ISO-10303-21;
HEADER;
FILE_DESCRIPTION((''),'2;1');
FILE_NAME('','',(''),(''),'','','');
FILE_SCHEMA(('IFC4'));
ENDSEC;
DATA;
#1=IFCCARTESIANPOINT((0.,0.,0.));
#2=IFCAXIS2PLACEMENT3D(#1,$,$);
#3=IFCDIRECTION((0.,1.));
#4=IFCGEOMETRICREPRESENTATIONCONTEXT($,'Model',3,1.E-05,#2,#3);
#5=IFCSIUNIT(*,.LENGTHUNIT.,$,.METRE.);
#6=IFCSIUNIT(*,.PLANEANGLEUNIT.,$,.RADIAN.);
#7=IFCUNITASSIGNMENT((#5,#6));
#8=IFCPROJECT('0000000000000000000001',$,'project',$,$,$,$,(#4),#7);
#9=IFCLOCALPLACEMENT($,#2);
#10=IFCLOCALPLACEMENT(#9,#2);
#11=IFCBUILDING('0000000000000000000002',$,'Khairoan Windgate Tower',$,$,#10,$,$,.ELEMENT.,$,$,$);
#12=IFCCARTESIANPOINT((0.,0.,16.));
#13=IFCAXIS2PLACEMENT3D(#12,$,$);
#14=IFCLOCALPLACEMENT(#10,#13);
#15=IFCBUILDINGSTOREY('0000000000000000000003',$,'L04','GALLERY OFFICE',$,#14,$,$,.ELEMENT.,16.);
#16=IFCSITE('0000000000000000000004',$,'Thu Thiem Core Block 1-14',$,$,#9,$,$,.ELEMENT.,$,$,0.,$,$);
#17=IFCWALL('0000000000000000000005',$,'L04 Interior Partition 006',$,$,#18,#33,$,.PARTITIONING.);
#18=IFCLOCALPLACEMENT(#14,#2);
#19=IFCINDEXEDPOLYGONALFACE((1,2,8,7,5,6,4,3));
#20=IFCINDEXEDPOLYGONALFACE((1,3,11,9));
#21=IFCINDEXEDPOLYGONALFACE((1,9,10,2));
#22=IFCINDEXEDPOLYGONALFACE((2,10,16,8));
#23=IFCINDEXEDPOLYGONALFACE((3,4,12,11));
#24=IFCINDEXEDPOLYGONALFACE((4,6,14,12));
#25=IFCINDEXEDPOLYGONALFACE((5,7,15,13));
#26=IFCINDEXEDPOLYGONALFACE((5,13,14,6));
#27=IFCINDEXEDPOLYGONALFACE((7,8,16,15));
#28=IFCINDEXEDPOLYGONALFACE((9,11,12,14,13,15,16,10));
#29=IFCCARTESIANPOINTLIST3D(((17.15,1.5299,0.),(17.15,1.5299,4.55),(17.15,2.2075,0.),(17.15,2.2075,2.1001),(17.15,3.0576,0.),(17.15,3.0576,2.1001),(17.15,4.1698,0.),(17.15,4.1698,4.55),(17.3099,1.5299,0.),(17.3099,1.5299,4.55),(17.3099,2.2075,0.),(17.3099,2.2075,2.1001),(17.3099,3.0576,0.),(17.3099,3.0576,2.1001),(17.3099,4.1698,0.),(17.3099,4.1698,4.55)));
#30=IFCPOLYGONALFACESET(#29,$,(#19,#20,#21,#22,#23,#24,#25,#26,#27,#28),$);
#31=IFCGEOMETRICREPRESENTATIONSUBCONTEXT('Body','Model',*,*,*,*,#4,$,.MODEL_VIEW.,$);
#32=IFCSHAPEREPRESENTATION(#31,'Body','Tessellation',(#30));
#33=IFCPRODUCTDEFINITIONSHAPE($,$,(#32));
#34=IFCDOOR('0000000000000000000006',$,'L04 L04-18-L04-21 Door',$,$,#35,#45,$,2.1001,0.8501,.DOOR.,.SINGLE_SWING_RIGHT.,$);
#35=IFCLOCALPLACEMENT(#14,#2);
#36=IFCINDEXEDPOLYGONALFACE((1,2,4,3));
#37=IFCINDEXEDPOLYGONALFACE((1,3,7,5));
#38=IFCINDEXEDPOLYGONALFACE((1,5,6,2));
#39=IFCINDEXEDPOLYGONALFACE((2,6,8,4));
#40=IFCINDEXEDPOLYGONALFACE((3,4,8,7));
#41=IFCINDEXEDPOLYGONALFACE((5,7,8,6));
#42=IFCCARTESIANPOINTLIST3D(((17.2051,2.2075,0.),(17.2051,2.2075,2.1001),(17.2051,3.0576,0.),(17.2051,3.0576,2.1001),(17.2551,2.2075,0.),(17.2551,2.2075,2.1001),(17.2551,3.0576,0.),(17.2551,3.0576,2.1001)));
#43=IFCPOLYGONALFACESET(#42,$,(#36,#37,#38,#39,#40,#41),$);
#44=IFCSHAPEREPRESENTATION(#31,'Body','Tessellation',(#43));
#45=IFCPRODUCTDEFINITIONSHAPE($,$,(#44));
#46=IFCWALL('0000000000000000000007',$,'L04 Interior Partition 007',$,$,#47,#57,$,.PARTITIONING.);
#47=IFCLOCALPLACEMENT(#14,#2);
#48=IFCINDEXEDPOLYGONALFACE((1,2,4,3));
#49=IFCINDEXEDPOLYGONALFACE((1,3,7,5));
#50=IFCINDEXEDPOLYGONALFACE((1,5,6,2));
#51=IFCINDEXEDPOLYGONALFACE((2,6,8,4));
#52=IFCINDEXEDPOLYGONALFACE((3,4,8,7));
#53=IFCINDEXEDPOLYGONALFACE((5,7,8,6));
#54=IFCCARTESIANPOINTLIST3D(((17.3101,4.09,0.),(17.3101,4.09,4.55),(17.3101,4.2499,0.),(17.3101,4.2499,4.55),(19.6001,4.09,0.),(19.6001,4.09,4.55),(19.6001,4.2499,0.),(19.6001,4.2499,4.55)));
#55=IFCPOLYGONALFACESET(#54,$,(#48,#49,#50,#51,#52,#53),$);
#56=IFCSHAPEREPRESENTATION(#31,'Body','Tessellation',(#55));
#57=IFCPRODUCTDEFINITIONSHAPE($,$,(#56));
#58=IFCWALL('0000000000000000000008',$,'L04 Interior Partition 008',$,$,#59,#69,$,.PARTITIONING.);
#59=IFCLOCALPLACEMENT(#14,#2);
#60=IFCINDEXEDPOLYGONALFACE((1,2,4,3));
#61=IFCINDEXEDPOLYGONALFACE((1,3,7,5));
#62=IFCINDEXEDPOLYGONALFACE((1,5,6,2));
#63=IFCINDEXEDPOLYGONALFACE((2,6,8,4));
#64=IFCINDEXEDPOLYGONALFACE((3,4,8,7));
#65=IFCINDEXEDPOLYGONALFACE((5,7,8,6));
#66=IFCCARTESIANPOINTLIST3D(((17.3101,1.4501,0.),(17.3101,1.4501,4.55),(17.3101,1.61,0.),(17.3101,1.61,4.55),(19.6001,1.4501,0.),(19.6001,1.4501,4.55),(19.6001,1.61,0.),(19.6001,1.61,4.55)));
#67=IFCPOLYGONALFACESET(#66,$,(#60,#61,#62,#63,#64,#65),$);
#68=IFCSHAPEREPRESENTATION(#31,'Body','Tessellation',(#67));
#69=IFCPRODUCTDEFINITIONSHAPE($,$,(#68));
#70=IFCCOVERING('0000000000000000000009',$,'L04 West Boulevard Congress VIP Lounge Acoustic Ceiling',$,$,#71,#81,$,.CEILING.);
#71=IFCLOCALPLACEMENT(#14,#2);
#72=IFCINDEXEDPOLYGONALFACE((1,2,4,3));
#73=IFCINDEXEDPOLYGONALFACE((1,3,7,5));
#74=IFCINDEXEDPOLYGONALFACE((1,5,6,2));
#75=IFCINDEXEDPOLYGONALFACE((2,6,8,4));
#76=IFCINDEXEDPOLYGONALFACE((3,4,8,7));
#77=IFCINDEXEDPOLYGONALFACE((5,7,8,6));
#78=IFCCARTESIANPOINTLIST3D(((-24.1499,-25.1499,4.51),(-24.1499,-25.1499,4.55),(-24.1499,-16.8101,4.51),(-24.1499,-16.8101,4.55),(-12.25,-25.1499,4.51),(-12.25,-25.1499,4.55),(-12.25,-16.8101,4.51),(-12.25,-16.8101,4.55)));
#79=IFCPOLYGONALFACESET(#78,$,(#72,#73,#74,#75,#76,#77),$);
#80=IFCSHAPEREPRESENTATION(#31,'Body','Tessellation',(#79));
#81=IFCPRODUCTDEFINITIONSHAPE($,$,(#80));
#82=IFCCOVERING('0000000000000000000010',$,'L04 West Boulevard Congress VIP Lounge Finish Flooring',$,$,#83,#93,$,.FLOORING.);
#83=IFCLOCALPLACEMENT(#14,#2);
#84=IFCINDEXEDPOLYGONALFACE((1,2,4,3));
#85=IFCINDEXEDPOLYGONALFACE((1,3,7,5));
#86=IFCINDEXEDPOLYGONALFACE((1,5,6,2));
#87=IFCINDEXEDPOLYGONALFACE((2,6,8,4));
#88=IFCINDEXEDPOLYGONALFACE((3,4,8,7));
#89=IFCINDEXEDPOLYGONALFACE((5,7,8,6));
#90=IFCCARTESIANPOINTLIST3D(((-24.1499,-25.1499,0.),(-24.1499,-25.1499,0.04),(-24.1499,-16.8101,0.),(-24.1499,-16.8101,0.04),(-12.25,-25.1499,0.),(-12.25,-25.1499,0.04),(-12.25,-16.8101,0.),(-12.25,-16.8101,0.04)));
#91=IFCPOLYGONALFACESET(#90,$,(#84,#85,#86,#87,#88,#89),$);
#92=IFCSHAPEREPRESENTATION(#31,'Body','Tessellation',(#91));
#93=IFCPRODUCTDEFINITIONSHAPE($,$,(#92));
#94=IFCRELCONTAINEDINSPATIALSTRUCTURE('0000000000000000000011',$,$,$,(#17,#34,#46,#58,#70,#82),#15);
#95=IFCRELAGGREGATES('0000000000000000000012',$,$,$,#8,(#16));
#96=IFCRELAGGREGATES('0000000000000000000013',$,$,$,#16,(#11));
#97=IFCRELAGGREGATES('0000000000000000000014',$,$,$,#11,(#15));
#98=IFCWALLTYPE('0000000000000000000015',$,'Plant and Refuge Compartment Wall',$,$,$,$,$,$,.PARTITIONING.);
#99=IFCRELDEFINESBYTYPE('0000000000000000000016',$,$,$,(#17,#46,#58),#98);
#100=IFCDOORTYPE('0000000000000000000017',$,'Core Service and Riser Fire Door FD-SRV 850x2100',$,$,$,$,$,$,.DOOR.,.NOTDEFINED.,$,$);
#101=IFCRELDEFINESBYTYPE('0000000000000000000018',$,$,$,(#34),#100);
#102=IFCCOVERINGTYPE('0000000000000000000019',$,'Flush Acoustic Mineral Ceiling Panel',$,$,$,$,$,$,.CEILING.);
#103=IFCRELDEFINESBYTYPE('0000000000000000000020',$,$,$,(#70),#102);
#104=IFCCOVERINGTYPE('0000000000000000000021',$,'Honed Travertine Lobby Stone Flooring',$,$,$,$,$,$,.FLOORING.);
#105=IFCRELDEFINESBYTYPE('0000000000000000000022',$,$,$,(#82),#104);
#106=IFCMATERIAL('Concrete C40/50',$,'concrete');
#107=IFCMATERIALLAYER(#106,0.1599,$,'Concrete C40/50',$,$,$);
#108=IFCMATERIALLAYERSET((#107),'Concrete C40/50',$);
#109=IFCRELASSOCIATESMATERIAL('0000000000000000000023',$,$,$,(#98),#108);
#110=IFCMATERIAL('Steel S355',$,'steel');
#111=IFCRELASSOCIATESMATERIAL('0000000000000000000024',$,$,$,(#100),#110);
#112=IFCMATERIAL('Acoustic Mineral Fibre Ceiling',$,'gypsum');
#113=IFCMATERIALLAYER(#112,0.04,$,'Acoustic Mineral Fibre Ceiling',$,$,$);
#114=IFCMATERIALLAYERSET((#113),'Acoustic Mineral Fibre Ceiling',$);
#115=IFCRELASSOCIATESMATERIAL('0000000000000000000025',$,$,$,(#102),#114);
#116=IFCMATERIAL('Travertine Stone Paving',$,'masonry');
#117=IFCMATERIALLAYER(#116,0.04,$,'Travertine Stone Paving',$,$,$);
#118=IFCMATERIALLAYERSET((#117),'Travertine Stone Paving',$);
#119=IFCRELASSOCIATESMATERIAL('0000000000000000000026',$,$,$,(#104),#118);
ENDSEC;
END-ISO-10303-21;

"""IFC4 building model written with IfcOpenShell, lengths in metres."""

from ifc_helpers import new_model, si_unit, direction, frame, frame_2d, origin, place, context, subcontext, project, spatial, polyline, rectangle, outline, extrude, material, layer, layer_set, type_object, element, fill, save


model = new_model("IFC4")

# Units and contexts
model_context = context("Model", 3, precision=1e-05, world=origin(), true_north=direction((0.0, 1.0)))
body_context = subcontext(model_context, "Body", "Model", "MODEL_VIEW")
ifc_project = project(units=[si_unit("LENGTHUNIT", "METRE"), si_unit("PLANEANGLEUNIT", "RADIAN")], contexts=[model_context])

# Site, building, storey
site_placement = place(None, origin())
site = spatial("IfcSite", under=ifc_project, at=site_placement, Name="Thu Thiem Core Block 1-14", CompositionType="ELEMENT", RefElevation=0.0)
building_placement = place(site_placement, origin())
building = spatial("IfcBuilding", under=site, at=building_placement, Name="Khairoan Windgate Tower", CompositionType="ELEMENT")
storey_placement = place(building_placement, frame((0.0, 0.0, 16.0)))
storey = spatial("IfcBuildingStorey", under=building, at=storey_placement, Name="L04", Description="GALLERY OFFICE", CompositionType="ELEMENT", Elevation=16.0)

# Wall, opening, door
ifc_material_1 = material(Name="Concrete C40/50", Category="concrete")
ifc_layer_1 = layer(ifc_material_1, 0.1599, Name="Concrete C40/50")
ifc_layer_set_1 = layer_set([ifc_layer_1], Name="Concrete C40/50")
wall_type_1 = type_object("IfcWallType", Name="Plant and Refuge Compartment Wall", PredefinedType="PARTITIONING", material=ifc_layer_set_1)
ifc_material_2 = material(Name="Steel S355", Category="steel")
door_type_1 = type_object("IfcDoorType", Name="Core Service and Riser Fire Door FD-SRV 850x2100", OperationType="NOTDEFINED", PredefinedType="DOOR", material=ifc_material_2)
wall_1_placement = place(storey_placement, frame((17.23, 1.53, 0.0), z_axis=(0.0, 0.0, 1.0), x_axis=(0.0, 1.0, 0.0)))
wall_1 = element("IfcWall", 1, at=wall_1_placement, inside=storey, type_object=wall_type_1, Name="L04 Interior Partition 006", PredefinedType="PARTITIONING", context=body_context, shape_type="SweptSolid", body=[
    extrude(rectangle(XDim=2.6399, YDim=0.1599, at=frame_2d((1.3198, 0.0))), origin(), (0.0, 0.0, 1.0), 4.55),
])
opening_1_placement = place(wall_1_placement, frame((0.6775, 0.0, 0.0)))
opening_1 = element("IfcOpeningElement", 2, at=opening_1_placement, cuts=wall_1, PredefinedType="OPENING", context=body_context, shape_type="SweptSolid", body=[
    extrude(rectangle(XDim=0.8501, YDim=2.1001, at=frame_2d((0.425, 1.05))), frame((0.0, 0.0898, 0.0), z_axis=(0.0, -1.0, 0.0), x_axis=(1.0, 0.0, 0.0)), (0.0, 0.0, 1.0), 0.1799),
])
door_1_placement = place(opening_1_placement, origin())
door_1 = element("IfcDoor", 3, at=door_1_placement, inside=storey, type_object=door_type_1, Name="L04 L04-18-L04-21 Door", OperationType="SINGLE_SWING_RIGHT", OverallHeight=2.1001, OverallWidth=0.8501, PredefinedType="DOOR", context=body_context, shape_type="SweptSolid", body=[
    extrude(rectangle(XDim=0.8501, YDim=2.1001, at=frame_2d((0.425, 1.05))), frame((0.0, 0.0249, 0.0), z_axis=(0.0, -1.0, 0.0), x_axis=(1.0, 0.0, 0.0)), (0.0, 0.0, 1.0), 0.05),
])
fill(opening_1, door_1)

# Walls
for number, where, z_axis, x_axis, name in (
    (4, (17.3101, 4.1699, 0.0), (0.0, 0.0, 1.0), (1.0, 0.0, 0.0), "L04 Interior Partition 007"),
    (5, (17.3101, 1.53, 0.0), (0.0, 0.0, 1.0), (1.0, 0.0, 0.0), "L04 Interior Partition 008"),
):
    element("IfcWall", number, at=place(storey_placement, frame(where, z_axis=z_axis, x_axis=x_axis)), inside=storey, type_object=wall_type_1, Name=name, PredefinedType="PARTITIONING", context=body_context, shape_type="SweptSolid", body=[
        extrude(rectangle(XDim=2.29, YDim=0.1599, at=frame_2d((1.145, 0.0))), origin(), (0.0, 0.0, 1.0), 4.55),
    ])

# Coverings
ifc_material_3 = material(Name="Acoustic Mineral Fibre Ceiling", Category="gypsum")
ifc_layer_2 = layer(ifc_material_3, 0.04, Name="Acoustic Mineral Fibre Ceiling")
ifc_layer_set_2 = layer_set([ifc_layer_2], Name="Acoustic Mineral Fibre Ceiling")
covering_type_1 = type_object("IfcCoveringType", Name="Flush Acoustic Mineral Ceiling Panel", PredefinedType="CEILING", material=ifc_layer_set_2)
covering_1_placement = place(storey_placement, frame((0.0, 0.0, 4.51)))
element("IfcCovering", 6, at=covering_1_placement, inside=storey, type_object=covering_type_1, Name="L04 West Boulevard Congress VIP Lounge Acoustic Ceiling", PredefinedType="CEILING", context=body_context, shape_type="SweptSolid", body=[
    extrude(outline(polyline([(-24.1499, -16.8101), (-12.25, -16.8101), (-12.25, -25.1499), (-24.1499, -25.1499), (-24.1499, -16.8101)])), origin(), (0.0, 0.0, 1.0), 0.04),
])
ifc_material_4 = material(Name="Travertine Stone Paving", Category="masonry")
ifc_layer_3 = layer(ifc_material_4, 0.04, Name="Travertine Stone Paving")
ifc_layer_set_3 = layer_set([ifc_layer_3], Name="Travertine Stone Paving")
covering_type_2 = type_object("IfcCoveringType", Name="Honed Travertine Lobby Stone Flooring", PredefinedType="FLOORING", material=ifc_layer_set_3)
covering_2_placement = place(storey_placement, origin())
element("IfcCovering", 7, at=covering_2_placement, inside=storey, type_object=covering_type_2, Name="L04 West Boulevard Congress VIP Lounge Finish Flooring", PredefinedType="FLOORING", context=body_context, shape_type="SweptSolid", body=[
    extrude(outline(polyline([(-24.1499, -16.8101), (-12.25, -16.8101), (-12.25, -25.1499), (-24.1499, -25.1499), (-24.1499, -16.8101)])), origin(), (0.0, 0.0, 1.0), 0.04),
])

save(model, "model.ifc")
